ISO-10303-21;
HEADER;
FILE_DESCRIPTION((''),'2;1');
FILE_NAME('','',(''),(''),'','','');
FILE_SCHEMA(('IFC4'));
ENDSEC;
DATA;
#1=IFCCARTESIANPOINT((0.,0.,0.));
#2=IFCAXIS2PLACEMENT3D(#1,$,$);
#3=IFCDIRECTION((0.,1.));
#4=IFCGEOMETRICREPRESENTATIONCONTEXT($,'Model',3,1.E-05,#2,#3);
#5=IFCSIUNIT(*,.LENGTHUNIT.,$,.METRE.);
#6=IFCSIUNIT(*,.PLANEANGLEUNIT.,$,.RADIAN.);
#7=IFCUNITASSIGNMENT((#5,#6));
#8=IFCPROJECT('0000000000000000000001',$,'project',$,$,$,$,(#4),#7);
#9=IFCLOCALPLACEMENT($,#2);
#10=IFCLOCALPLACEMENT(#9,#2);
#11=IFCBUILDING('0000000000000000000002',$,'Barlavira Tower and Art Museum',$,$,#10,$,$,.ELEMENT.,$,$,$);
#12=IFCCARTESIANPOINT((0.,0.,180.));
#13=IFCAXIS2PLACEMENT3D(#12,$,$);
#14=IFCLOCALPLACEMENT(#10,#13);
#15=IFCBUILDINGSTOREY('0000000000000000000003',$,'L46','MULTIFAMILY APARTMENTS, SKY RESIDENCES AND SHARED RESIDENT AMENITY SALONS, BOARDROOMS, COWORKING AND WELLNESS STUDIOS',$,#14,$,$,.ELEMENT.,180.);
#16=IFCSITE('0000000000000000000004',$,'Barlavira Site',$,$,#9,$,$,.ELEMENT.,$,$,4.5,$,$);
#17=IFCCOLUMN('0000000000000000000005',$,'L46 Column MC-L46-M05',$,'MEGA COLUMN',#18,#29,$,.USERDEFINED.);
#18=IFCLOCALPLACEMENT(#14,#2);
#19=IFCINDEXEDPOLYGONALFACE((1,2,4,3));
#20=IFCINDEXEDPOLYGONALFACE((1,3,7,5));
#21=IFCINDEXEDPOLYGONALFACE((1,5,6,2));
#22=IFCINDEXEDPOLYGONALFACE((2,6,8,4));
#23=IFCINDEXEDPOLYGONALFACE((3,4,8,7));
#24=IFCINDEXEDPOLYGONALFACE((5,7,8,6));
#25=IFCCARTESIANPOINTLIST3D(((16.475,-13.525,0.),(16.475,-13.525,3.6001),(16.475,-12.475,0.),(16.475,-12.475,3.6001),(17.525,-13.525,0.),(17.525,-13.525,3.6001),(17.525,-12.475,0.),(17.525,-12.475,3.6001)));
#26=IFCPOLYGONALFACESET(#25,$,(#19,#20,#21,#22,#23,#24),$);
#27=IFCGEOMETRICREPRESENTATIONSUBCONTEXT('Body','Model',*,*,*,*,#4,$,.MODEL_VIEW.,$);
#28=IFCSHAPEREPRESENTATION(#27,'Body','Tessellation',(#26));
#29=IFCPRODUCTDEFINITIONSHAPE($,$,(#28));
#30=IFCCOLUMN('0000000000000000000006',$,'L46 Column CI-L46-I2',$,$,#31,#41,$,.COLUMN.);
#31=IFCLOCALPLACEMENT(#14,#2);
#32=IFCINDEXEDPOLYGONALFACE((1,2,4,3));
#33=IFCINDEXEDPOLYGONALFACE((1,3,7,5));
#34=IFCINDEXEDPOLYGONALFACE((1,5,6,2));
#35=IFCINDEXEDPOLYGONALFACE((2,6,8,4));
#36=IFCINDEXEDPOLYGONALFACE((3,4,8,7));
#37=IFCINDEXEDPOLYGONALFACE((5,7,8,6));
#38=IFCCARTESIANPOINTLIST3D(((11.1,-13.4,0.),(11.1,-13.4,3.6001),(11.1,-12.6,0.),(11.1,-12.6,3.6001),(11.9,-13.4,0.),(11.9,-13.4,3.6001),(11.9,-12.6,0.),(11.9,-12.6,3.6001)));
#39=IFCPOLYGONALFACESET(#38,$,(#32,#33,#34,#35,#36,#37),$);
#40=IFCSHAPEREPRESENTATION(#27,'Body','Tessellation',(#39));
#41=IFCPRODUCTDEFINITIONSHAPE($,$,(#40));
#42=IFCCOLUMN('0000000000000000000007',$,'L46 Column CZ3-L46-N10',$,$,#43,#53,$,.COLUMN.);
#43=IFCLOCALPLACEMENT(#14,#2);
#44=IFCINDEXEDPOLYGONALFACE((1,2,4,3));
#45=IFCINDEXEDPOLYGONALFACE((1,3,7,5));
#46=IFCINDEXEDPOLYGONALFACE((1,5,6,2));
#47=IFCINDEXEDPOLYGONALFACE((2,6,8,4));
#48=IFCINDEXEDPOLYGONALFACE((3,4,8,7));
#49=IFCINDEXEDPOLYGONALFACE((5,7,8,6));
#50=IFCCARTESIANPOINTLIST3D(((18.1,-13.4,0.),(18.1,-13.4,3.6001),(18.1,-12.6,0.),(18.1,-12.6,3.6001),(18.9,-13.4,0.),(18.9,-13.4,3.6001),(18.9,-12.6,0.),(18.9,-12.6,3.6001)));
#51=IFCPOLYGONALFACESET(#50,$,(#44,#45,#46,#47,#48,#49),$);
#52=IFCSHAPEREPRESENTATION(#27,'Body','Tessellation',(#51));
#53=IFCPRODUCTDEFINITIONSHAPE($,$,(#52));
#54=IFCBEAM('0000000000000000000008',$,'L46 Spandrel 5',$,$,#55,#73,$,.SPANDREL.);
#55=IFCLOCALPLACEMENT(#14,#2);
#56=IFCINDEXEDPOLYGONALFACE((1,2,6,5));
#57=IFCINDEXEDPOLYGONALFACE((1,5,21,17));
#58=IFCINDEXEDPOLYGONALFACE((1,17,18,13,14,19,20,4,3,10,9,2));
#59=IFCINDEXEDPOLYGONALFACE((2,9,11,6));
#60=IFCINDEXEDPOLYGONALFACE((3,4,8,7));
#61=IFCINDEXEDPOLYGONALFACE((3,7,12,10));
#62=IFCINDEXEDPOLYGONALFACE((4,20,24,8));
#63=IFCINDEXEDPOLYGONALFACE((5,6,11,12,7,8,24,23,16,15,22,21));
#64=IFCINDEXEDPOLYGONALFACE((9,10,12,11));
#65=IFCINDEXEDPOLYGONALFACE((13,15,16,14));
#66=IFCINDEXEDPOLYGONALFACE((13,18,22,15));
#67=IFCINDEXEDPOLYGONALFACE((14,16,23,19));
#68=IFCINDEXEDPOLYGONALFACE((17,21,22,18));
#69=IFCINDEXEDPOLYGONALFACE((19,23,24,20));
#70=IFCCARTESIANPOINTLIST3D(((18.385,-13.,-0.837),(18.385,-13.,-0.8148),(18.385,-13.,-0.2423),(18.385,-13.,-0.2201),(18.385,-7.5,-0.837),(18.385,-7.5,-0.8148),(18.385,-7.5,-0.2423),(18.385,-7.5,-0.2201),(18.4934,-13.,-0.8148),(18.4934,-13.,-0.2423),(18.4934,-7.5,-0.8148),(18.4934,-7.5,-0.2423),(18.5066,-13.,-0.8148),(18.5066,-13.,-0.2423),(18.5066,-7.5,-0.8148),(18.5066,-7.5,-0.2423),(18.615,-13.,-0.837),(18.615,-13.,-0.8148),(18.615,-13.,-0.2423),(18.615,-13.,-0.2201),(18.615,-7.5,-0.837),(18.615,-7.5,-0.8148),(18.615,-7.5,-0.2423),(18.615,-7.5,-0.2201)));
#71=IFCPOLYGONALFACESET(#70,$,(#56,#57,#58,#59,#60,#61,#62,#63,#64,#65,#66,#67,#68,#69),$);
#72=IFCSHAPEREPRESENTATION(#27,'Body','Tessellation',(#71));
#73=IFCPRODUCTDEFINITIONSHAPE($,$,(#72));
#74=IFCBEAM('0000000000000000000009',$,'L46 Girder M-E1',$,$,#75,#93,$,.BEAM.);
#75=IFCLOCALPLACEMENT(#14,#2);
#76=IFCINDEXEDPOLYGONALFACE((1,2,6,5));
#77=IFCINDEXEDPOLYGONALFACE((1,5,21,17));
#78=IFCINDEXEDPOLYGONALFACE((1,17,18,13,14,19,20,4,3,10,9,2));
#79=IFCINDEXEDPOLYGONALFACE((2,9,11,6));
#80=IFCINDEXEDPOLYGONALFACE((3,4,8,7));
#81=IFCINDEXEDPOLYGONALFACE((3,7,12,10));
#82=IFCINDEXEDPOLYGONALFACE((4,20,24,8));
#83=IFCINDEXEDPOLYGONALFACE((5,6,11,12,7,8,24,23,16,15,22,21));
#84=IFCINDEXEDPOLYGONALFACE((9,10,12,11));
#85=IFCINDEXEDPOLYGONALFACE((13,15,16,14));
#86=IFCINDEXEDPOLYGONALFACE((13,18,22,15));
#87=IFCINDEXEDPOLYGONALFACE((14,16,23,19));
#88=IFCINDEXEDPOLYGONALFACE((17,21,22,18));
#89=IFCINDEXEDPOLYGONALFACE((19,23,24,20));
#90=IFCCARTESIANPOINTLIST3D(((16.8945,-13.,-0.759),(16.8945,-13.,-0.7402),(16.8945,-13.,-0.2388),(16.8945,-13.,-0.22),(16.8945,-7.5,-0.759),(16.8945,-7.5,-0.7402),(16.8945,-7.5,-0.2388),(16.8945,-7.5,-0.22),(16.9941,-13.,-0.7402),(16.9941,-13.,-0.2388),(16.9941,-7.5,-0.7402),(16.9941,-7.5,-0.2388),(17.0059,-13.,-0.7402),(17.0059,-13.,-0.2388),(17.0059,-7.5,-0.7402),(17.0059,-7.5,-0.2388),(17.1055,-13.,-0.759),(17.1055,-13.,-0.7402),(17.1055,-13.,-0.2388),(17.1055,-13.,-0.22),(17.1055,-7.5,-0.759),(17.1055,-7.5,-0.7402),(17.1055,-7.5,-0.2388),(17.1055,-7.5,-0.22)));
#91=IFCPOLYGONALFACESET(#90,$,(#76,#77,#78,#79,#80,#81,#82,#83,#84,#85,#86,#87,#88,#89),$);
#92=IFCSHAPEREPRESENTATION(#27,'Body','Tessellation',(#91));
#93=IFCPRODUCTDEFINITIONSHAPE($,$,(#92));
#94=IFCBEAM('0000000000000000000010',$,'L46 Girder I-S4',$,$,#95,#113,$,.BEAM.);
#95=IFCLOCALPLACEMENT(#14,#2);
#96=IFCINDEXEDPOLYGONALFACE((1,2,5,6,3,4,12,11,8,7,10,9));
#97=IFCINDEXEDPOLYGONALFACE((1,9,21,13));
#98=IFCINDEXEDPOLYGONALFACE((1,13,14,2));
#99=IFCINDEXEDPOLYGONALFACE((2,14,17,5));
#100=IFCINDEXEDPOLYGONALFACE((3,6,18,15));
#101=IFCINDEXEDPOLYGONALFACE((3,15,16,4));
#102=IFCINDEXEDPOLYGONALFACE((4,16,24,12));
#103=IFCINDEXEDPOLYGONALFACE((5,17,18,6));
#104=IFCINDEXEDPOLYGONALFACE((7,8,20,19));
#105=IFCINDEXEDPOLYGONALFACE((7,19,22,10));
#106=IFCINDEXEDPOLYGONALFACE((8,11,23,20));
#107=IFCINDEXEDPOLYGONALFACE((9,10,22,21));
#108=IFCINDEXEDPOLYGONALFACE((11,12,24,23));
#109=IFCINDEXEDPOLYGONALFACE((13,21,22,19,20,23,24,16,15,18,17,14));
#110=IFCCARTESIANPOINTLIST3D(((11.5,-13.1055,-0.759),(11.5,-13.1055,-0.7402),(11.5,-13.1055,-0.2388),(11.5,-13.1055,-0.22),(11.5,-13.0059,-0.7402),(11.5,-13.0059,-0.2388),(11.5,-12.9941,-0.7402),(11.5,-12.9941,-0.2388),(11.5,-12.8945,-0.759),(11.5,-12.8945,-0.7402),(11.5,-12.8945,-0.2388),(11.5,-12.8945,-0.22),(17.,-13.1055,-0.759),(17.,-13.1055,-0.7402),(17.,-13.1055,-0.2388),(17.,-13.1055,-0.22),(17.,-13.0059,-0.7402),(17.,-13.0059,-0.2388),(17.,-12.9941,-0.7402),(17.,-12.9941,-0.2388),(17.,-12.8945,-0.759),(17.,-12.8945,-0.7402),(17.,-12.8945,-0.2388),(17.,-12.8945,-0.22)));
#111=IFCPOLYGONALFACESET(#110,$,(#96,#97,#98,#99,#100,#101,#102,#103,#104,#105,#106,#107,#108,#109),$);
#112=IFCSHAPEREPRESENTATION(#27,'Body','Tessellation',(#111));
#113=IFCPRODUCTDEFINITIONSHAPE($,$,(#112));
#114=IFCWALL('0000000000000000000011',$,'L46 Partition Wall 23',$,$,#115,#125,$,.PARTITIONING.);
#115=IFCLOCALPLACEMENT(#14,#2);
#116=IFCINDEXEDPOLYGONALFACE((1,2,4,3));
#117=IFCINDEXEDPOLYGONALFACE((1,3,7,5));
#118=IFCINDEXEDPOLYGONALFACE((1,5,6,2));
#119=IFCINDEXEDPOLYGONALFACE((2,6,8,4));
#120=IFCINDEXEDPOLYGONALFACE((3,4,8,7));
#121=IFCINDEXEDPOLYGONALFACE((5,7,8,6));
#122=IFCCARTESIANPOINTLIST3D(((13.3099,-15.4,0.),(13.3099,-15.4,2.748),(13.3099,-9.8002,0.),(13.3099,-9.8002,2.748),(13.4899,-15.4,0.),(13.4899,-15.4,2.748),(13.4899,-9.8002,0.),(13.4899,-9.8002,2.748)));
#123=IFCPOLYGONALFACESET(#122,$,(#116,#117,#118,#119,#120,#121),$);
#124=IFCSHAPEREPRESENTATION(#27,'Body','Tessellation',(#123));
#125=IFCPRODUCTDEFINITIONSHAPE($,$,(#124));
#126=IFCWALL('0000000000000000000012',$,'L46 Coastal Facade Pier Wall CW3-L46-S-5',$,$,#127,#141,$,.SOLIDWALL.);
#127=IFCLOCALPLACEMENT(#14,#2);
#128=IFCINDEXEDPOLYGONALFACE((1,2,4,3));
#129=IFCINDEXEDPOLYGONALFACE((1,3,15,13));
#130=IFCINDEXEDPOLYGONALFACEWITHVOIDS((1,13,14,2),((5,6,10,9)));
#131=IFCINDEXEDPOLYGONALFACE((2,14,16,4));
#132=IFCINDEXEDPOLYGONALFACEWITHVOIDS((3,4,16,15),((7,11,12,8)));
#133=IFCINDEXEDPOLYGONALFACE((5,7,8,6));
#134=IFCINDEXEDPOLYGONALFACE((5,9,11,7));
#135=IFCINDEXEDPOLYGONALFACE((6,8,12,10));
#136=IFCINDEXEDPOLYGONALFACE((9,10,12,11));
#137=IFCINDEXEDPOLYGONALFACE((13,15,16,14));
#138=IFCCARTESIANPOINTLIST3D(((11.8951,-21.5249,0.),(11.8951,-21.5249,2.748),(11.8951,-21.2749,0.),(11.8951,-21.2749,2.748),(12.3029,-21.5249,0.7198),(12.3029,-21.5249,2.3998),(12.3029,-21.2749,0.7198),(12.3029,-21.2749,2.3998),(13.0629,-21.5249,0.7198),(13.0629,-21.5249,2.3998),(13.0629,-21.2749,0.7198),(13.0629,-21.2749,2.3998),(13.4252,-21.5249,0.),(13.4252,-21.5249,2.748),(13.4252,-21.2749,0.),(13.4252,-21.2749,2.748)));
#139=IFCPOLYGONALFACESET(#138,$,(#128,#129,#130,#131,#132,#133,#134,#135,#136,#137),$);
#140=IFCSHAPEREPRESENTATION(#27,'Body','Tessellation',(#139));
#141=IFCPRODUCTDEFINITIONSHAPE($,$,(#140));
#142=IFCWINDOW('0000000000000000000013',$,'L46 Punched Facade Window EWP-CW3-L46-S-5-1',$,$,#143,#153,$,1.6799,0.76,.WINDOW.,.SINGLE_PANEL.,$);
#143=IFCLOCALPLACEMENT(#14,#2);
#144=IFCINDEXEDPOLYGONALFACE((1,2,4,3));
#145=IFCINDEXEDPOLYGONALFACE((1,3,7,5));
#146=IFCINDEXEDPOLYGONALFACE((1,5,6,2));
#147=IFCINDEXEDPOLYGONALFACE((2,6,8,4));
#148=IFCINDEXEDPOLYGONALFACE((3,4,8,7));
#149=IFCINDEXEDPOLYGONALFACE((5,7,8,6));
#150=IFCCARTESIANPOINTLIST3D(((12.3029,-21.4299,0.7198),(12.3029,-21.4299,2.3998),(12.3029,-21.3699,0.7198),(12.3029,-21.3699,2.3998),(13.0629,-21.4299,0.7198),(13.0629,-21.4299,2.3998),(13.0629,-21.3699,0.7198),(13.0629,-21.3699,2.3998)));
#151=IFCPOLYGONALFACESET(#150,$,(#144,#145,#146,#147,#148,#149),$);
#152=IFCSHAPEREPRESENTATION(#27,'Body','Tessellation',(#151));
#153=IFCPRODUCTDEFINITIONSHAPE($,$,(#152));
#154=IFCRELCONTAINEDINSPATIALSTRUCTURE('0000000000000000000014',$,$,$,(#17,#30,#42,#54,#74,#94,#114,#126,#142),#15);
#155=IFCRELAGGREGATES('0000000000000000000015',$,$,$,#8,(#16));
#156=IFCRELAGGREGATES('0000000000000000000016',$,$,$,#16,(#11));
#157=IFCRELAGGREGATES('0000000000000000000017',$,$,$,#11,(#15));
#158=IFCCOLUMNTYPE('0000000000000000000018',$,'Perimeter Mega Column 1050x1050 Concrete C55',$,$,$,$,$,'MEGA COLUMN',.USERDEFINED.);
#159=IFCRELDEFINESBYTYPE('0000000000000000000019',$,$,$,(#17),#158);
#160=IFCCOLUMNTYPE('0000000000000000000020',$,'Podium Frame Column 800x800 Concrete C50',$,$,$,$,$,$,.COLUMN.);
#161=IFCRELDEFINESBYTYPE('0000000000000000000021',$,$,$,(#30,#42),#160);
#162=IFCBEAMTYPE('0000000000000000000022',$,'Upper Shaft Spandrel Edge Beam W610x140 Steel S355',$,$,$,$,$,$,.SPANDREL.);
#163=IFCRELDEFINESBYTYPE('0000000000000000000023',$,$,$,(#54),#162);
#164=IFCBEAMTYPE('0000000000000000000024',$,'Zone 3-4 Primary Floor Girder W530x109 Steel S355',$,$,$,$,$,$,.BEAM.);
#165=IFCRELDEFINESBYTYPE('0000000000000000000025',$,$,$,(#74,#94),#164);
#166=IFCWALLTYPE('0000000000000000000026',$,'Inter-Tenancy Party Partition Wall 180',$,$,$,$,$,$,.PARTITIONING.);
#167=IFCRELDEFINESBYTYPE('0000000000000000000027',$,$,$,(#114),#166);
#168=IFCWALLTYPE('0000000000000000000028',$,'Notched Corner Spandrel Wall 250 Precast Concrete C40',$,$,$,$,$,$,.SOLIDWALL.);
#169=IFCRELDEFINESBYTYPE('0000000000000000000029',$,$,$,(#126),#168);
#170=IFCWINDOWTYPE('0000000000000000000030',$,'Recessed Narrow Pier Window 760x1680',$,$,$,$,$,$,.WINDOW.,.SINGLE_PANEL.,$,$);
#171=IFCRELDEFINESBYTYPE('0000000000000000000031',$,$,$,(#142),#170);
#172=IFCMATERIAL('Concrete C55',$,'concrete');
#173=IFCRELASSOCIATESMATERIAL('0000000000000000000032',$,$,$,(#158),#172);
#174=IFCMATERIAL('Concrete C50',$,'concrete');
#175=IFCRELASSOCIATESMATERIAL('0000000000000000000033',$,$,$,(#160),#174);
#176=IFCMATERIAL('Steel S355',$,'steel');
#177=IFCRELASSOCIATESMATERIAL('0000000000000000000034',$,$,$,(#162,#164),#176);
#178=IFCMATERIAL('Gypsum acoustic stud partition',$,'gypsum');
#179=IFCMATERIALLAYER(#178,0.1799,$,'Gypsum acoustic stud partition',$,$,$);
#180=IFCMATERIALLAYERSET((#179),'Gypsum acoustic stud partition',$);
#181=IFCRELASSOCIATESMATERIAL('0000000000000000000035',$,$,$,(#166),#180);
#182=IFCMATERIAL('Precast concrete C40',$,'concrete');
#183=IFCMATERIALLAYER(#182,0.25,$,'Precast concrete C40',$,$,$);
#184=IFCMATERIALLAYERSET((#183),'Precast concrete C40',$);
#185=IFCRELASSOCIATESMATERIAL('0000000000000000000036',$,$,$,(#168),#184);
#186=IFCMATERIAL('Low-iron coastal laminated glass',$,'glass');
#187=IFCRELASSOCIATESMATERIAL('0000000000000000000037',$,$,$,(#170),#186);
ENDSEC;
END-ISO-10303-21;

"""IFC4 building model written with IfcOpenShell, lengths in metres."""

from ifc_helpers import new_model, si_unit, direction, frame, frame_2d, origin, origin_2d, place, context, subcontext, project, spatial, rectangle, i_section, extrude, material, layer, layer_set, material_profile, profile_set, type_object, element, fill, save


model = new_model("IFC4")

# Units and contexts
model_context = context("Model", 3, precision=1e-05, world=origin(), true_north=direction((0.0, 1.0)))
body_context = subcontext(model_context, "Body", "Model", "MODEL_VIEW")
ifc_project = project(units=[si_unit("LENGTHUNIT", "METRE"), si_unit("PLANEANGLEUNIT", "RADIAN")], contexts=[model_context])

# Site, building, storey
site_placement = place(None, origin())
site = spatial("IfcSite", under=ifc_project, at=site_placement, Name="Barlavira Site", CompositionType="ELEMENT", RefElevation=4.5)
building_placement = place(site_placement, origin())
building = spatial("IfcBuilding", under=site, at=building_placement, Name="Barlavira Tower and Art Museum", CompositionType="ELEMENT")
storey_placement = place(building_placement, frame((0.0, 0.0, 180.0)))
storey = spatial("IfcBuildingStorey", under=building, at=storey_placement, Name="L46", Description="MULTIFAMILY APARTMENTS, SKY RESIDENCES AND SHARED RESIDENT AMENITY SALONS, BOARDROOMS, COWORKING AND WELLNESS STUDIOS", CompositionType="ELEMENT", Elevation=180.0)

# Columns
ifc_material_1 = material(Name="Concrete C55", Category="concrete")
ifc_material_profile_1 = material_profile(ifc_material_1, rectangle(XDim=1.05, YDim=1.05, at=origin_2d()), Name="RC-COL 1050x1050")
ifc_profile_set_1 = profile_set([ifc_material_profile_1], Name="Concrete C55")
column_type_1 = type_object("IfcColumnType", Name="Perimeter Mega Column 1050x1050 Concrete C55", ElementType="MEGA COLUMN", PredefinedType="USERDEFINED", material=ifc_profile_set_1)
column_placement = place(storey_placement, frame((17.0, -13.0, 0.0), z_axis=(0.0, 0.0, 1.0), x_axis=(1.0, 0.0, 0.0)))
element("IfcColumn", 1, at=column_placement, inside=storey, type_object=column_type_1, Name="L46 Column MC-L46-M05", ObjectType="MEGA COLUMN", PredefinedType="USERDEFINED", context=body_context, shape_type="SweptSolid", body=[
    extrude(rectangle(XDim=1.05, YDim=1.05, at=origin_2d()), origin(), (0.0, 0.0, 1.0), 3.6001),
])
ifc_material_2 = material(Name="Concrete C50", Category="concrete")
ifc_material_profile_2 = material_profile(ifc_material_2, rectangle(XDim=0.8, YDim=0.8, at=origin_2d()), Name="RC-COL 800x800")
ifc_profile_set_2 = profile_set([ifc_material_profile_2], Name="Concrete C50")
column_type_2 = type_object("IfcColumnType", Name="Podium Frame Column 800x800 Concrete C50", PredefinedType="COLUMN", material=ifc_profile_set_2)
for number, where, z_axis, x_axis, name in (
    (2, (11.5, -13.0, 0.0), (0.0, 0.0, 1.0), (1.0, 0.0, 0.0), "L46 Column CI-L46-I2"),
    (3, (18.5, -13.0, 0.0), (0.0, 0.0, 1.0), (1.0, 0.0, 0.0), "L46 Column CZ3-L46-N10"),
):
    element("IfcColumn", number, at=place(storey_placement, frame(where, z_axis=z_axis, x_axis=x_axis)), inside=storey, type_object=column_type_2, Name=name, PredefinedType="COLUMN", context=body_context, shape_type="SweptSolid", body=[
        extrude(rectangle(XDim=0.8, YDim=0.8, at=origin_2d()), origin(), (0.0, 0.0, 1.0), 3.6001),
    ])

# Beams
ifc_material_3 = material(Name="Steel S355", Category="steel")
ifc_material_profile_3 = material_profile(ifc_material_3, i_section(OverallWidth=0.23, OverallDepth=0.6169, WebThickness=0.0132, FlangeThickness=0.0222, at=origin_2d()), Name="W610x140.0")
ifc_profile_set_3 = profile_set([ifc_material_profile_3], Name="Steel S355")
beam_type_1 = type_object("IfcBeamType", Name="Upper Shaft Spandrel Edge Beam W610x140 Steel S355", PredefinedType="SPANDREL", material=ifc_profile_set_3)
beam_placement = place(storey_placement, frame((18.5, -13.0, -0.5286), z_axis=(0.0, 1.0, 0.0), x_axis=(-1.0, 0.0, 0.0)))
element("IfcBeam", 4, at=beam_placement, inside=storey, type_object=beam_type_1, Name="L46 Spandrel 5", PredefinedType="SPANDREL", context=body_context, shape_type="SweptSolid", body=[
    extrude(i_section(OverallWidth=0.23, OverallDepth=0.6169, WebThickness=0.0132, FlangeThickness=0.0222, at=origin_2d()), origin(), (0.0, 0.0, 1.0), 5.5),
])
ifc_material_profile_4 = material_profile(ifc_material_3, i_section(OverallWidth=0.2109, OverallDepth=0.5391, WebThickness=0.0117, FlangeThickness=0.0188, at=origin_2d()), Name="W530x109.0")
ifc_profile_set_4 = profile_set([ifc_material_profile_4], Name="Steel S355")
beam_type_2 = type_object("IfcBeamType", Name="Zone 3-4 Primary Floor Girder W530x109 Steel S355", PredefinedType="BEAM", material=ifc_profile_set_4)
for number, where, z_axis, x_axis, name in (
    (5, (17.0, -13.0, -0.4895), (0.0, 1.0, 0.0), (-1.0, 0.0, 0.0), "L46 Girder M-E1"),
    (6, (11.5, -13.0, -0.4895), (1.0, 0.0, 0.0), (0.0, 1.0, 0.0), "L46 Girder I-S4"),
):
    element("IfcBeam", number, at=place(storey_placement, frame(where, z_axis=z_axis, x_axis=x_axis)), inside=storey, type_object=beam_type_2, Name=name, PredefinedType="BEAM", context=body_context, shape_type="SweptSolid", body=[
        extrude(i_section(OverallWidth=0.2109, OverallDepth=0.5391, WebThickness=0.0117, FlangeThickness=0.0188, at=origin_2d()), origin(), (0.0, 0.0, 1.0), 5.5),
    ])

# Wall
ifc_material_4 = material(Name="Gypsum acoustic stud partition", Category="gypsum")
ifc_layer_1 = layer(ifc_material_4, 0.1799, Name="Gypsum acoustic stud partition")
ifc_layer_set_1 = layer_set([ifc_layer_1], Name="Gypsum acoustic stud partition")
wall_type_1 = type_object("IfcWallType", Name="Inter-Tenancy Party Partition Wall 180", PredefinedType="PARTITIONING", material=ifc_layer_set_1)
wall_1_placement = place(storey_placement, frame((13.3999, -15.3999, 0.0), z_axis=(0.0, 0.0, 1.0), x_axis=(0.0, 1.0, 0.0)))
element("IfcWall", 7, at=wall_1_placement, inside=storey, type_object=wall_type_1, Name="L46 Partition Wall 23", PredefinedType="PARTITIONING", context=body_context, shape_type="SweptSolid", body=[
    extrude(rectangle(XDim=5.5999, YDim=0.1799, at=frame_2d((2.7998, 0.0))), origin(), (0.0, 0.0, 1.0), 2.748),
])

# Wall, opening, window
ifc_material_5 = material(Name="Precast concrete C40", Category="concrete")
ifc_layer_2 = layer(ifc_material_5, 0.25, Name="Precast concrete C40")
ifc_layer_set_2 = layer_set([ifc_layer_2], Name="Precast concrete C40")
wall_type_2 = type_object("IfcWallType", Name="Notched Corner Spandrel Wall 250 Precast Concrete C40", PredefinedType="SOLIDWALL", material=ifc_layer_set_2)
wall_2_placement = place(storey_placement, frame((11.895, -21.3999, 0.0), z_axis=(0.0, 0.0, 1.0), x_axis=(1.0, 0.0, 0.0)))
wall_2 = element("IfcWall", 8, at=wall_2_placement, inside=storey, type_object=wall_type_2, Name="L46 Coastal Facade Pier Wall CW3-L46-S-5", PredefinedType="SOLIDWALL", context=body_context, shape_type="SweptSolid", body=[
    extrude(rectangle(XDim=1.53, YDim=0.25, at=frame_2d((0.7651, 0.0))), origin(), (0.0, 0.0, 1.0), 2.748),
])
opening_1_placement = place(wall_2_placement, frame((0.408, 0.0, 0.72)))
opening_1 = element("IfcOpeningElement", 9, at=opening_1_placement, cuts=wall_2, PredefinedType="OPENING", context=body_context, shape_type="SweptSolid", body=[
    extrude(rectangle(XDim=0.76, YDim=1.6799, at=frame_2d((0.3799, 0.8398))), frame((0.0, 0.135, 0.0), z_axis=(0.0, -1.0, 0.0), x_axis=(1.0, 0.0, 0.0)), (0.0, 0.0, 1.0), 0.27),
])
ifc_material_6 = material(Name="Low-iron coastal laminated glass", Category="glass")
window_type_1 = type_object("IfcWindowType", Name="Recessed Narrow Pier Window 760x1680", PartitioningType="SINGLE_PANEL", PredefinedType="WINDOW", material=ifc_material_6)
window_1_placement = place(opening_1_placement, origin())
window_1 = element("IfcWindow", 10, at=window_1_placement, inside=storey, type_object=window_type_1, Name="L46 Punched Facade Window EWP-CW3-L46-S-5-1", OverallHeight=1.6799, OverallWidth=0.76, PartitioningType="SINGLE_PANEL", PredefinedType="WINDOW", context=body_context, shape_type="SweptSolid", body=[
    extrude(rectangle(XDim=0.76, YDim=1.6799, at=frame_2d((0.3799, 0.8398))), frame((0.0, 0.03, 0.0), z_axis=(0.0, -1.0, 0.0), x_axis=(1.0, 0.0, 0.0)), (0.0, 0.0, 1.0), 0.0601),
])
fill(opening_1, window_1)

save(model, "model.ifc")
